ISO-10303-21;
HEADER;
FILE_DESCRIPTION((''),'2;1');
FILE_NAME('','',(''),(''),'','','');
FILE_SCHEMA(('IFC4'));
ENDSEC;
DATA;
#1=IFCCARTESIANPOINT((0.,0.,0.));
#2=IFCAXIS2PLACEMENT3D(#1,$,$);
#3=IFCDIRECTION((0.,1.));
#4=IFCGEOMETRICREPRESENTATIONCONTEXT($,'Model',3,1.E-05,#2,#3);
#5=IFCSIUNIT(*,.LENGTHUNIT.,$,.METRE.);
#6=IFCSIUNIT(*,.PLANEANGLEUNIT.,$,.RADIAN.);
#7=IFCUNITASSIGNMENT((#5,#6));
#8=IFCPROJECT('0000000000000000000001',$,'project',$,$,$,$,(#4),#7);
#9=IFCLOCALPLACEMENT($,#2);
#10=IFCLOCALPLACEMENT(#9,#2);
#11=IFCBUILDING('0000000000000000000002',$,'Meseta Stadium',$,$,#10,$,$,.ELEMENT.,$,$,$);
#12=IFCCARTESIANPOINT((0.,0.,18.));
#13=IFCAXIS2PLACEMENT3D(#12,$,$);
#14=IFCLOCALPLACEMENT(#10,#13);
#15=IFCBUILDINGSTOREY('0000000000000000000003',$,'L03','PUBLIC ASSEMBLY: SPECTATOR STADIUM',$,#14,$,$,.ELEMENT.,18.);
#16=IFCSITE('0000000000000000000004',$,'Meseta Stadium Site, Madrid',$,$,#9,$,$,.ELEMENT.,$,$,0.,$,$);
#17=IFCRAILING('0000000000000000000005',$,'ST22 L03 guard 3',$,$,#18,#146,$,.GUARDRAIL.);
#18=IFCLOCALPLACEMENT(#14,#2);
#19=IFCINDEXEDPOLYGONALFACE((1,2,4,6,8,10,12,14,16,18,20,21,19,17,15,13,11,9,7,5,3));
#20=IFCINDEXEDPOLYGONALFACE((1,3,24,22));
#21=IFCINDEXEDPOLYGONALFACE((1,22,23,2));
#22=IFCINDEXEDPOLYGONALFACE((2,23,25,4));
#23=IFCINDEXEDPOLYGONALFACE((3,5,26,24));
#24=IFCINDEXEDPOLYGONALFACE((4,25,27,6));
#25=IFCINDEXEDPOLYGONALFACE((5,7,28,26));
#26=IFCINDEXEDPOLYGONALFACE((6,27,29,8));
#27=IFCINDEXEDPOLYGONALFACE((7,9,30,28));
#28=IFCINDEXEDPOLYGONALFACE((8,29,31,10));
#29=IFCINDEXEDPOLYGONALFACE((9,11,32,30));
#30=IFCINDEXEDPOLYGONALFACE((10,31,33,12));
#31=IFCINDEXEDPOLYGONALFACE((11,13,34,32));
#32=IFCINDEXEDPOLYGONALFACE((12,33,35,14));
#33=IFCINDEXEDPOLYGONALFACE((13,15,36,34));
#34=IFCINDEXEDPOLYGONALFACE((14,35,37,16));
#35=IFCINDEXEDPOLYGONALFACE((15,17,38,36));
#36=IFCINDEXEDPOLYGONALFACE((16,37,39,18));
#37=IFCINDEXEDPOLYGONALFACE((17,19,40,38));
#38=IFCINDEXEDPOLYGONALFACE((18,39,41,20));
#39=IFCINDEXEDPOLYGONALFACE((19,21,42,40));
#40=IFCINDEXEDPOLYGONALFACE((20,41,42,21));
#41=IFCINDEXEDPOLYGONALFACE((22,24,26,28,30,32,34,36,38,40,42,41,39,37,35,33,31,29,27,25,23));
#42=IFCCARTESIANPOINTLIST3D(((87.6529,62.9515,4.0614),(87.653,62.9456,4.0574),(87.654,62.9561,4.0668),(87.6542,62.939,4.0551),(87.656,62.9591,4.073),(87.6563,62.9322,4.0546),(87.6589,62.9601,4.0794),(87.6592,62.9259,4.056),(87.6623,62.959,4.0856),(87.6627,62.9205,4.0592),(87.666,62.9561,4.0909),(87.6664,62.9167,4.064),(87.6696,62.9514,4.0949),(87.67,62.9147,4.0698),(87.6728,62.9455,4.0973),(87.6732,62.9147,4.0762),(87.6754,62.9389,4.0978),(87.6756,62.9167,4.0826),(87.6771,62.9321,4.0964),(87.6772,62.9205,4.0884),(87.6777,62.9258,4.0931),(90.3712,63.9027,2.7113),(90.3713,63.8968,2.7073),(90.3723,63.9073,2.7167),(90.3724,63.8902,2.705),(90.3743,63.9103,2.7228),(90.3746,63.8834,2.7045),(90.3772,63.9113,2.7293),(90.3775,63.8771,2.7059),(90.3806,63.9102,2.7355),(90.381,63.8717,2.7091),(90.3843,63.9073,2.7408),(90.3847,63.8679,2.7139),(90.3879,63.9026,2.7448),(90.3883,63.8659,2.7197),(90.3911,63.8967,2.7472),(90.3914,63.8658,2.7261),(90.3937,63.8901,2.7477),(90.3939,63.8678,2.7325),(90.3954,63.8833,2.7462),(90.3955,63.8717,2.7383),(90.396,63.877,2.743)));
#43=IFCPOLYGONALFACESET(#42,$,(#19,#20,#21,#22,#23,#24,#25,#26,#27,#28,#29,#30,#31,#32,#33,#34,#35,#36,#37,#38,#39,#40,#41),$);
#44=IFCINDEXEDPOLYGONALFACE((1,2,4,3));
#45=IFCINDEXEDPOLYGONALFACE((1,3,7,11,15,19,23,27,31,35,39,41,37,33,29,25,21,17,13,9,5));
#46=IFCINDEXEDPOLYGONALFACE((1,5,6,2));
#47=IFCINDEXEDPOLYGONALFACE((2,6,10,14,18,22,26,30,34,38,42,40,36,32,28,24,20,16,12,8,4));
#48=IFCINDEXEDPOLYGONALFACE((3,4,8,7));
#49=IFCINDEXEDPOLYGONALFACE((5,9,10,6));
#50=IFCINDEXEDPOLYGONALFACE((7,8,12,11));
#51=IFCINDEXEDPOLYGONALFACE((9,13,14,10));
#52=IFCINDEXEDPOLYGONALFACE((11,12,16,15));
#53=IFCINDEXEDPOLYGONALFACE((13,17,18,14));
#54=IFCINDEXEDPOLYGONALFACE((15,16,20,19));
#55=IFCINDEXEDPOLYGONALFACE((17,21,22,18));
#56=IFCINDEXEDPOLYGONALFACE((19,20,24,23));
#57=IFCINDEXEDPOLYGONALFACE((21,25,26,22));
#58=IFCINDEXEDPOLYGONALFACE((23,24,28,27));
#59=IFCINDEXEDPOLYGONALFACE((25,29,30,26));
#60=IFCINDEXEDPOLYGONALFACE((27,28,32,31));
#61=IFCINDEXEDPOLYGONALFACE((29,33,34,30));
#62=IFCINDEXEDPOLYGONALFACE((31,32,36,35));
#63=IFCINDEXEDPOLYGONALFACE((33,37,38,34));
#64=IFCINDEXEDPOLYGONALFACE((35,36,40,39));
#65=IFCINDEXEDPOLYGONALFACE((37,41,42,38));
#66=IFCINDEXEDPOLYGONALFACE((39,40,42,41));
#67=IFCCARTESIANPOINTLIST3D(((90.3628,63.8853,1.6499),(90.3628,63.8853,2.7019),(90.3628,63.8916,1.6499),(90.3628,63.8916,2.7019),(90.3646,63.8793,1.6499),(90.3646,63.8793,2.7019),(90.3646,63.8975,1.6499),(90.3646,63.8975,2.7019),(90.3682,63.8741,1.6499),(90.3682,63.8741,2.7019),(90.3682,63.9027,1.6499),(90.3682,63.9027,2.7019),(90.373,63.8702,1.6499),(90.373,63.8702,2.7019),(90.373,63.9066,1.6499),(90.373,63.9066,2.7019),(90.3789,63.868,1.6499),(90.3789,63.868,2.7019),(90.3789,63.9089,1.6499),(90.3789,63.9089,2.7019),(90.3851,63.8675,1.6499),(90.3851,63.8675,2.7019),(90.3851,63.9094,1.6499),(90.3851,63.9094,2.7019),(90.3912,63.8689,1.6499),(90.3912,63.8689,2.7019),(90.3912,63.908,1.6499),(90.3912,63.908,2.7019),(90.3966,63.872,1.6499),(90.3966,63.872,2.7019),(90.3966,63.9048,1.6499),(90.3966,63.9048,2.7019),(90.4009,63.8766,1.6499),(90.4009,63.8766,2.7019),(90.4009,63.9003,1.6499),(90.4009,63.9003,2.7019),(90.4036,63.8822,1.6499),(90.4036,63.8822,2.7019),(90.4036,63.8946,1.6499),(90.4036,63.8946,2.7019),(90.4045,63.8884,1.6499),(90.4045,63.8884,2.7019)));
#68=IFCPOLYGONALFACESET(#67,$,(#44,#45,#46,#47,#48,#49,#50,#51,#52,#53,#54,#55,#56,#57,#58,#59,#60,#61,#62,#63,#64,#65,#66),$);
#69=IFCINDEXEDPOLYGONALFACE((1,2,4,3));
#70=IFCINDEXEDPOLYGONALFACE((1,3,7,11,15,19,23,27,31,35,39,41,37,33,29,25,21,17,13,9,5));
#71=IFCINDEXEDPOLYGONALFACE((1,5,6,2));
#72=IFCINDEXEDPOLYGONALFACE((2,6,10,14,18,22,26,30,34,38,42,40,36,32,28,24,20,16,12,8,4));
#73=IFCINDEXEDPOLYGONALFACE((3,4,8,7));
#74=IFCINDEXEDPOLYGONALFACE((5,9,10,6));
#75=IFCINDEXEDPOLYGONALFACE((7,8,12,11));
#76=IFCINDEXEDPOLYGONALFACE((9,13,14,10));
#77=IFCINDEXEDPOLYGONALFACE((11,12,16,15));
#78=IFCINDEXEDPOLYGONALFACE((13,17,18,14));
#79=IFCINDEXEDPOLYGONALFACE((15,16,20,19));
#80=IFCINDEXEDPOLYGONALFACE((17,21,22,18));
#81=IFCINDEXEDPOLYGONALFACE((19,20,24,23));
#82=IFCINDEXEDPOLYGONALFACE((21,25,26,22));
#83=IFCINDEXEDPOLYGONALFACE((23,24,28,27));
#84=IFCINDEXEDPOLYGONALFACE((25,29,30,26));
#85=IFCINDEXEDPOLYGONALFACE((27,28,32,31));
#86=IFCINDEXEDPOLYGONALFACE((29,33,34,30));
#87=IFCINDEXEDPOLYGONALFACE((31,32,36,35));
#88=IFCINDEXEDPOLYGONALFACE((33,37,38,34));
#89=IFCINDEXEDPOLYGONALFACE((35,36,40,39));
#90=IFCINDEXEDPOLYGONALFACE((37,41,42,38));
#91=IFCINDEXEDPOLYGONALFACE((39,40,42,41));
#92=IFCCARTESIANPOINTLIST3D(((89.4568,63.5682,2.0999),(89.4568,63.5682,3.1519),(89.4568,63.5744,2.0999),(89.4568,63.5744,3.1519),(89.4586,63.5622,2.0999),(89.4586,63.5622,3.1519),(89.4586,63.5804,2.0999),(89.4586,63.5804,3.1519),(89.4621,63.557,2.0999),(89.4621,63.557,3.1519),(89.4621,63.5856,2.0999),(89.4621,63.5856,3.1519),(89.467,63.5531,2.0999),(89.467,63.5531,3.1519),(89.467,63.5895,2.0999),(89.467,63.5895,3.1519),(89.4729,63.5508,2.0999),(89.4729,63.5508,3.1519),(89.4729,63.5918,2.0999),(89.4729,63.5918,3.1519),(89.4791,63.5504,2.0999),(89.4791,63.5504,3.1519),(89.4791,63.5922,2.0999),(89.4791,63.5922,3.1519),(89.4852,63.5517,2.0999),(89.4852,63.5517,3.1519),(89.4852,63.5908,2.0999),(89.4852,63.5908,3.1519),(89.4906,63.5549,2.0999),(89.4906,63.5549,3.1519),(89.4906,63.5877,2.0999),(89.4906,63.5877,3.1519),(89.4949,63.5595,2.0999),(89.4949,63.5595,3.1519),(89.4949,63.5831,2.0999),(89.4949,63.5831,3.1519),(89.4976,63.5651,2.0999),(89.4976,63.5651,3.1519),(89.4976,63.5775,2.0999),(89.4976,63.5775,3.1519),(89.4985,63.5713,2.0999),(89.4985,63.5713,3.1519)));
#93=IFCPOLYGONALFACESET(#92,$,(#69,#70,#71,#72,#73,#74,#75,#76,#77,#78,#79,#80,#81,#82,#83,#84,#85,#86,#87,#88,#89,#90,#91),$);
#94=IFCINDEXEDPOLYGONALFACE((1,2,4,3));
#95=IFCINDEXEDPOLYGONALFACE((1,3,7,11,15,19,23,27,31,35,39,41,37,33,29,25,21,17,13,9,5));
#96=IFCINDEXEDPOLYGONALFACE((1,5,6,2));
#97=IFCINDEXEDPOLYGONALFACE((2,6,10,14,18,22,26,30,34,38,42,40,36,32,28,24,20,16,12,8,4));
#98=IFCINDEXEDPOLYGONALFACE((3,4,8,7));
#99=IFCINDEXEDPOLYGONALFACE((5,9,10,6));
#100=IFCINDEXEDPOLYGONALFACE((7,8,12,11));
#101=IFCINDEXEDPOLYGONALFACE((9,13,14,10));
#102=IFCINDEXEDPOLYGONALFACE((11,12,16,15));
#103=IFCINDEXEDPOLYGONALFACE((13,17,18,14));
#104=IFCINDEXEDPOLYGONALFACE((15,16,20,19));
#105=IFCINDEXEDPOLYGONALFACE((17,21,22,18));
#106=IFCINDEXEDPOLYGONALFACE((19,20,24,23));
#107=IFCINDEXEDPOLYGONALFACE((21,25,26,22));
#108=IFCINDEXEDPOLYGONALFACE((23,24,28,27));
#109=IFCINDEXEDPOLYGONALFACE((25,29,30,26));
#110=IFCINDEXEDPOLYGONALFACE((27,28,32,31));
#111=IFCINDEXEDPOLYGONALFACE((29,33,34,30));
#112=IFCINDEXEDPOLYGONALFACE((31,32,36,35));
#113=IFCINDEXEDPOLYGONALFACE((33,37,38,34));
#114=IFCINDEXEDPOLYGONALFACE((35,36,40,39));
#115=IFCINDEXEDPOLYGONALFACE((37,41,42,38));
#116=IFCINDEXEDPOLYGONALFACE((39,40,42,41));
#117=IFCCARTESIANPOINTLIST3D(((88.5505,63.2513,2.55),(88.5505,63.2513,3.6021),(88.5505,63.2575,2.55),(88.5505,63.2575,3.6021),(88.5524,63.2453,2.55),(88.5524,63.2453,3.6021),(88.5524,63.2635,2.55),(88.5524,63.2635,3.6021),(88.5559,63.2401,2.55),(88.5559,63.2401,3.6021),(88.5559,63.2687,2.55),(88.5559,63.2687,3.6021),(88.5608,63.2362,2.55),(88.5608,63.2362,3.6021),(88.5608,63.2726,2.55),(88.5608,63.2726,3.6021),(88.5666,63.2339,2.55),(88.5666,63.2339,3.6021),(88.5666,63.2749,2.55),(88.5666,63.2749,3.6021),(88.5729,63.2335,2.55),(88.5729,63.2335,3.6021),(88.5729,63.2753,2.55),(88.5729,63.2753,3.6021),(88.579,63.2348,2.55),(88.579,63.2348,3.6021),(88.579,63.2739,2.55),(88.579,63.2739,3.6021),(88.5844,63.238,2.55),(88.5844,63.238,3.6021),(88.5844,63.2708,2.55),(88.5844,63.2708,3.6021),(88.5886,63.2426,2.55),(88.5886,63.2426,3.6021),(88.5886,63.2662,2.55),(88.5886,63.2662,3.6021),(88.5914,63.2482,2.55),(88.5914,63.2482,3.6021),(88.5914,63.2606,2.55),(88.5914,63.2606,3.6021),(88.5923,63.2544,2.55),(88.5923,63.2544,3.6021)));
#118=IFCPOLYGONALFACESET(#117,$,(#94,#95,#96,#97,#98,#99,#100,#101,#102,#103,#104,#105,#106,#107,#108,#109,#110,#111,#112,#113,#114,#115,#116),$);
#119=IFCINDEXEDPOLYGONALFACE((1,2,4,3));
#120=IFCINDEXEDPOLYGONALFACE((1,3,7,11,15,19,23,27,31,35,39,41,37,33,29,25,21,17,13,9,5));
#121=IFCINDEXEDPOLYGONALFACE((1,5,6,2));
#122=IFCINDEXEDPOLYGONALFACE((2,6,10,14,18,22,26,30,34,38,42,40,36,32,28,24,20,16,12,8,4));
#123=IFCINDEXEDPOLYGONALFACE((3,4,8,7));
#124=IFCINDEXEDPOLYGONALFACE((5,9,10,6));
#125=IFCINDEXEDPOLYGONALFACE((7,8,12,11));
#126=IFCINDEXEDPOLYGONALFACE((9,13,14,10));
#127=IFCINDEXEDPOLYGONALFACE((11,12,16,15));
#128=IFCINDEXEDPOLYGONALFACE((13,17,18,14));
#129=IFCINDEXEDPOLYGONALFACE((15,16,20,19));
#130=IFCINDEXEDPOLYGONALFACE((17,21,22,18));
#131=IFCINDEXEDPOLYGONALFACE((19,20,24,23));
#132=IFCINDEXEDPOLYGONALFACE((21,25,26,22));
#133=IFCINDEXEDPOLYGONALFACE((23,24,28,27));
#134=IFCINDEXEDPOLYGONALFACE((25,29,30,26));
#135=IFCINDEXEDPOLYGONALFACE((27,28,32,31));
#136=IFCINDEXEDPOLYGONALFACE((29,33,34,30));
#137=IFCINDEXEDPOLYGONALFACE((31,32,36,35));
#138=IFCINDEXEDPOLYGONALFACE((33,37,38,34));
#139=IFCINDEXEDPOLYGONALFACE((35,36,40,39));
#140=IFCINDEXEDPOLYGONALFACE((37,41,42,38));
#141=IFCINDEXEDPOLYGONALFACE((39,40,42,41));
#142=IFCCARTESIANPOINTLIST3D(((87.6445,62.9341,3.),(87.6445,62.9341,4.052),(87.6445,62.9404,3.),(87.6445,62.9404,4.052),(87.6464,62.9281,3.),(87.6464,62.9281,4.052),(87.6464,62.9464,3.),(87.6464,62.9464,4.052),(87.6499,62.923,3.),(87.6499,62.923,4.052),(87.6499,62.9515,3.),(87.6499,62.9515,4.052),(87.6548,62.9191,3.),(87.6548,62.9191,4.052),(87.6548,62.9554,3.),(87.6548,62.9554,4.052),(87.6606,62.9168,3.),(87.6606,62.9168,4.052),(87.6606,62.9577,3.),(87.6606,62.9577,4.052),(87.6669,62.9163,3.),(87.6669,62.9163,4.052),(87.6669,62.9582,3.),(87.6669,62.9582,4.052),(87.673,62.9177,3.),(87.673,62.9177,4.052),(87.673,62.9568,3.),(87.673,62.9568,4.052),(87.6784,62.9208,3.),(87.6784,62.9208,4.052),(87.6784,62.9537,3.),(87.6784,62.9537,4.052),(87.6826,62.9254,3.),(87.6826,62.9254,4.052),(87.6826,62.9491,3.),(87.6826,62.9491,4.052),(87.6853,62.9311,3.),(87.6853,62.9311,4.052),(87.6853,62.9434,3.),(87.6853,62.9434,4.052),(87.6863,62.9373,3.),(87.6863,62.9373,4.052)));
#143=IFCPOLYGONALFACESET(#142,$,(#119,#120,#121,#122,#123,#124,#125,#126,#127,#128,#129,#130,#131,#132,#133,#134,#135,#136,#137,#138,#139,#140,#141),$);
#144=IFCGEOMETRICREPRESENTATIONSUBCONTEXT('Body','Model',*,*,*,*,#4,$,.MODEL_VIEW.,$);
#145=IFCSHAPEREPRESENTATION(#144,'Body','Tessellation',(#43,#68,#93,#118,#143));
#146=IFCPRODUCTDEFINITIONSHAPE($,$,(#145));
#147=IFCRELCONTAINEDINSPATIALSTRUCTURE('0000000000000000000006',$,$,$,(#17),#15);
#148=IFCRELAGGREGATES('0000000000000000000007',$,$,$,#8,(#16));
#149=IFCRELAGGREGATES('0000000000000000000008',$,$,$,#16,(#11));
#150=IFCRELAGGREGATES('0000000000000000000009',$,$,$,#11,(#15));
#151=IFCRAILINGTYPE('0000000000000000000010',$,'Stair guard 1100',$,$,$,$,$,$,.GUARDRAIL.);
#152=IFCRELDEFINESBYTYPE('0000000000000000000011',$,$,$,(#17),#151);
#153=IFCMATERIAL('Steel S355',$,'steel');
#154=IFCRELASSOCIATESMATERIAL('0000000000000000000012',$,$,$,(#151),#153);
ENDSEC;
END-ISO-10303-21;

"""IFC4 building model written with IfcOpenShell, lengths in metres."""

from ifc_helpers import new_model, si_unit, direction, frame, origin, origin_2d, place, context, subcontext, project, spatial, circle, extrude, material, type_object, element, save


model = new_model("IFC4")

# Units and contexts
model_context = context("Model", 3, precision=1e-05, world=origin(), true_north=direction((0.0, 1.0)))
body_context = subcontext(model_context, "Body", "Model", "MODEL_VIEW")
ifc_project = project(units=[si_unit("LENGTHUNIT", "METRE"), si_unit("PLANEANGLEUNIT", "RADIAN")], contexts=[model_context])

# Site, building, storey
site_placement = place(None, origin())
site = spatial("IfcSite", under=ifc_project, at=site_placement, Name="Meseta Stadium Site, Madrid", CompositionType="ELEMENT", RefElevation=0.0)
building_placement = place(site_placement, origin())
building = spatial("IfcBuilding", under=site, at=building_placement, Name="Meseta Stadium", CompositionType="ELEMENT")
storey_placement = place(building_placement, frame((0.0, 0.0, 18.0)))
storey = spatial("IfcBuildingStorey", under=building, at=storey_placement, Name="L03", Description="PUBLIC ASSEMBLY: SPECTATOR STADIUM", CompositionType="ELEMENT", Elevation=18.0)

# Railing
ifc_material_1 = material(Name="Steel S355", Category="steel")
railing_type_1 = type_object("IfcRailingType", Name="Stair guard 1100", PredefinedType="GUARDRAIL", material=ifc_material_1)
railing_1_placement = place(storey_placement, frame((90.3835, 63.8884, 1.6499)))
element("IfcRailing", 1, at=railing_1_placement, inside=storey, type_object=railing_type_1, Name="ST22 L03 guard 3", PredefinedType="GUARDRAIL", context=body_context, shape_type="SweptSolid", body=[
    extrude(circle(Radius=0.0239, at=origin_2d()), frame((0.0, 0.0, 1.0762), z_axis=(-0.854629, -0.299051, 0.424474), x_axis=(0.330282, -0.943882, 0.0)), (0.0, 0.0, 1.0), 3.1807),
    extrude(circle(Radius=0.021, at=origin_2d()), origin(), (0.0, 0.0, 1.0), 1.052),
    extrude(circle(Radius=0.021, at=origin_2d()), frame((-0.906, -0.3171, 0.45)), (0.0, 0.0, 1.0), 1.052),
    extrude(circle(Radius=0.021, at=origin_2d()), frame((-1.8123, -0.634, 0.9001)), (0.0, 0.0, 1.0), 1.052),
    extrude(circle(Radius=0.021, at=origin_2d()), frame((-2.7183, -0.9512, 1.3501)), (0.0, 0.0, 1.0), 1.052),
])

save(model, "model.ifc")
